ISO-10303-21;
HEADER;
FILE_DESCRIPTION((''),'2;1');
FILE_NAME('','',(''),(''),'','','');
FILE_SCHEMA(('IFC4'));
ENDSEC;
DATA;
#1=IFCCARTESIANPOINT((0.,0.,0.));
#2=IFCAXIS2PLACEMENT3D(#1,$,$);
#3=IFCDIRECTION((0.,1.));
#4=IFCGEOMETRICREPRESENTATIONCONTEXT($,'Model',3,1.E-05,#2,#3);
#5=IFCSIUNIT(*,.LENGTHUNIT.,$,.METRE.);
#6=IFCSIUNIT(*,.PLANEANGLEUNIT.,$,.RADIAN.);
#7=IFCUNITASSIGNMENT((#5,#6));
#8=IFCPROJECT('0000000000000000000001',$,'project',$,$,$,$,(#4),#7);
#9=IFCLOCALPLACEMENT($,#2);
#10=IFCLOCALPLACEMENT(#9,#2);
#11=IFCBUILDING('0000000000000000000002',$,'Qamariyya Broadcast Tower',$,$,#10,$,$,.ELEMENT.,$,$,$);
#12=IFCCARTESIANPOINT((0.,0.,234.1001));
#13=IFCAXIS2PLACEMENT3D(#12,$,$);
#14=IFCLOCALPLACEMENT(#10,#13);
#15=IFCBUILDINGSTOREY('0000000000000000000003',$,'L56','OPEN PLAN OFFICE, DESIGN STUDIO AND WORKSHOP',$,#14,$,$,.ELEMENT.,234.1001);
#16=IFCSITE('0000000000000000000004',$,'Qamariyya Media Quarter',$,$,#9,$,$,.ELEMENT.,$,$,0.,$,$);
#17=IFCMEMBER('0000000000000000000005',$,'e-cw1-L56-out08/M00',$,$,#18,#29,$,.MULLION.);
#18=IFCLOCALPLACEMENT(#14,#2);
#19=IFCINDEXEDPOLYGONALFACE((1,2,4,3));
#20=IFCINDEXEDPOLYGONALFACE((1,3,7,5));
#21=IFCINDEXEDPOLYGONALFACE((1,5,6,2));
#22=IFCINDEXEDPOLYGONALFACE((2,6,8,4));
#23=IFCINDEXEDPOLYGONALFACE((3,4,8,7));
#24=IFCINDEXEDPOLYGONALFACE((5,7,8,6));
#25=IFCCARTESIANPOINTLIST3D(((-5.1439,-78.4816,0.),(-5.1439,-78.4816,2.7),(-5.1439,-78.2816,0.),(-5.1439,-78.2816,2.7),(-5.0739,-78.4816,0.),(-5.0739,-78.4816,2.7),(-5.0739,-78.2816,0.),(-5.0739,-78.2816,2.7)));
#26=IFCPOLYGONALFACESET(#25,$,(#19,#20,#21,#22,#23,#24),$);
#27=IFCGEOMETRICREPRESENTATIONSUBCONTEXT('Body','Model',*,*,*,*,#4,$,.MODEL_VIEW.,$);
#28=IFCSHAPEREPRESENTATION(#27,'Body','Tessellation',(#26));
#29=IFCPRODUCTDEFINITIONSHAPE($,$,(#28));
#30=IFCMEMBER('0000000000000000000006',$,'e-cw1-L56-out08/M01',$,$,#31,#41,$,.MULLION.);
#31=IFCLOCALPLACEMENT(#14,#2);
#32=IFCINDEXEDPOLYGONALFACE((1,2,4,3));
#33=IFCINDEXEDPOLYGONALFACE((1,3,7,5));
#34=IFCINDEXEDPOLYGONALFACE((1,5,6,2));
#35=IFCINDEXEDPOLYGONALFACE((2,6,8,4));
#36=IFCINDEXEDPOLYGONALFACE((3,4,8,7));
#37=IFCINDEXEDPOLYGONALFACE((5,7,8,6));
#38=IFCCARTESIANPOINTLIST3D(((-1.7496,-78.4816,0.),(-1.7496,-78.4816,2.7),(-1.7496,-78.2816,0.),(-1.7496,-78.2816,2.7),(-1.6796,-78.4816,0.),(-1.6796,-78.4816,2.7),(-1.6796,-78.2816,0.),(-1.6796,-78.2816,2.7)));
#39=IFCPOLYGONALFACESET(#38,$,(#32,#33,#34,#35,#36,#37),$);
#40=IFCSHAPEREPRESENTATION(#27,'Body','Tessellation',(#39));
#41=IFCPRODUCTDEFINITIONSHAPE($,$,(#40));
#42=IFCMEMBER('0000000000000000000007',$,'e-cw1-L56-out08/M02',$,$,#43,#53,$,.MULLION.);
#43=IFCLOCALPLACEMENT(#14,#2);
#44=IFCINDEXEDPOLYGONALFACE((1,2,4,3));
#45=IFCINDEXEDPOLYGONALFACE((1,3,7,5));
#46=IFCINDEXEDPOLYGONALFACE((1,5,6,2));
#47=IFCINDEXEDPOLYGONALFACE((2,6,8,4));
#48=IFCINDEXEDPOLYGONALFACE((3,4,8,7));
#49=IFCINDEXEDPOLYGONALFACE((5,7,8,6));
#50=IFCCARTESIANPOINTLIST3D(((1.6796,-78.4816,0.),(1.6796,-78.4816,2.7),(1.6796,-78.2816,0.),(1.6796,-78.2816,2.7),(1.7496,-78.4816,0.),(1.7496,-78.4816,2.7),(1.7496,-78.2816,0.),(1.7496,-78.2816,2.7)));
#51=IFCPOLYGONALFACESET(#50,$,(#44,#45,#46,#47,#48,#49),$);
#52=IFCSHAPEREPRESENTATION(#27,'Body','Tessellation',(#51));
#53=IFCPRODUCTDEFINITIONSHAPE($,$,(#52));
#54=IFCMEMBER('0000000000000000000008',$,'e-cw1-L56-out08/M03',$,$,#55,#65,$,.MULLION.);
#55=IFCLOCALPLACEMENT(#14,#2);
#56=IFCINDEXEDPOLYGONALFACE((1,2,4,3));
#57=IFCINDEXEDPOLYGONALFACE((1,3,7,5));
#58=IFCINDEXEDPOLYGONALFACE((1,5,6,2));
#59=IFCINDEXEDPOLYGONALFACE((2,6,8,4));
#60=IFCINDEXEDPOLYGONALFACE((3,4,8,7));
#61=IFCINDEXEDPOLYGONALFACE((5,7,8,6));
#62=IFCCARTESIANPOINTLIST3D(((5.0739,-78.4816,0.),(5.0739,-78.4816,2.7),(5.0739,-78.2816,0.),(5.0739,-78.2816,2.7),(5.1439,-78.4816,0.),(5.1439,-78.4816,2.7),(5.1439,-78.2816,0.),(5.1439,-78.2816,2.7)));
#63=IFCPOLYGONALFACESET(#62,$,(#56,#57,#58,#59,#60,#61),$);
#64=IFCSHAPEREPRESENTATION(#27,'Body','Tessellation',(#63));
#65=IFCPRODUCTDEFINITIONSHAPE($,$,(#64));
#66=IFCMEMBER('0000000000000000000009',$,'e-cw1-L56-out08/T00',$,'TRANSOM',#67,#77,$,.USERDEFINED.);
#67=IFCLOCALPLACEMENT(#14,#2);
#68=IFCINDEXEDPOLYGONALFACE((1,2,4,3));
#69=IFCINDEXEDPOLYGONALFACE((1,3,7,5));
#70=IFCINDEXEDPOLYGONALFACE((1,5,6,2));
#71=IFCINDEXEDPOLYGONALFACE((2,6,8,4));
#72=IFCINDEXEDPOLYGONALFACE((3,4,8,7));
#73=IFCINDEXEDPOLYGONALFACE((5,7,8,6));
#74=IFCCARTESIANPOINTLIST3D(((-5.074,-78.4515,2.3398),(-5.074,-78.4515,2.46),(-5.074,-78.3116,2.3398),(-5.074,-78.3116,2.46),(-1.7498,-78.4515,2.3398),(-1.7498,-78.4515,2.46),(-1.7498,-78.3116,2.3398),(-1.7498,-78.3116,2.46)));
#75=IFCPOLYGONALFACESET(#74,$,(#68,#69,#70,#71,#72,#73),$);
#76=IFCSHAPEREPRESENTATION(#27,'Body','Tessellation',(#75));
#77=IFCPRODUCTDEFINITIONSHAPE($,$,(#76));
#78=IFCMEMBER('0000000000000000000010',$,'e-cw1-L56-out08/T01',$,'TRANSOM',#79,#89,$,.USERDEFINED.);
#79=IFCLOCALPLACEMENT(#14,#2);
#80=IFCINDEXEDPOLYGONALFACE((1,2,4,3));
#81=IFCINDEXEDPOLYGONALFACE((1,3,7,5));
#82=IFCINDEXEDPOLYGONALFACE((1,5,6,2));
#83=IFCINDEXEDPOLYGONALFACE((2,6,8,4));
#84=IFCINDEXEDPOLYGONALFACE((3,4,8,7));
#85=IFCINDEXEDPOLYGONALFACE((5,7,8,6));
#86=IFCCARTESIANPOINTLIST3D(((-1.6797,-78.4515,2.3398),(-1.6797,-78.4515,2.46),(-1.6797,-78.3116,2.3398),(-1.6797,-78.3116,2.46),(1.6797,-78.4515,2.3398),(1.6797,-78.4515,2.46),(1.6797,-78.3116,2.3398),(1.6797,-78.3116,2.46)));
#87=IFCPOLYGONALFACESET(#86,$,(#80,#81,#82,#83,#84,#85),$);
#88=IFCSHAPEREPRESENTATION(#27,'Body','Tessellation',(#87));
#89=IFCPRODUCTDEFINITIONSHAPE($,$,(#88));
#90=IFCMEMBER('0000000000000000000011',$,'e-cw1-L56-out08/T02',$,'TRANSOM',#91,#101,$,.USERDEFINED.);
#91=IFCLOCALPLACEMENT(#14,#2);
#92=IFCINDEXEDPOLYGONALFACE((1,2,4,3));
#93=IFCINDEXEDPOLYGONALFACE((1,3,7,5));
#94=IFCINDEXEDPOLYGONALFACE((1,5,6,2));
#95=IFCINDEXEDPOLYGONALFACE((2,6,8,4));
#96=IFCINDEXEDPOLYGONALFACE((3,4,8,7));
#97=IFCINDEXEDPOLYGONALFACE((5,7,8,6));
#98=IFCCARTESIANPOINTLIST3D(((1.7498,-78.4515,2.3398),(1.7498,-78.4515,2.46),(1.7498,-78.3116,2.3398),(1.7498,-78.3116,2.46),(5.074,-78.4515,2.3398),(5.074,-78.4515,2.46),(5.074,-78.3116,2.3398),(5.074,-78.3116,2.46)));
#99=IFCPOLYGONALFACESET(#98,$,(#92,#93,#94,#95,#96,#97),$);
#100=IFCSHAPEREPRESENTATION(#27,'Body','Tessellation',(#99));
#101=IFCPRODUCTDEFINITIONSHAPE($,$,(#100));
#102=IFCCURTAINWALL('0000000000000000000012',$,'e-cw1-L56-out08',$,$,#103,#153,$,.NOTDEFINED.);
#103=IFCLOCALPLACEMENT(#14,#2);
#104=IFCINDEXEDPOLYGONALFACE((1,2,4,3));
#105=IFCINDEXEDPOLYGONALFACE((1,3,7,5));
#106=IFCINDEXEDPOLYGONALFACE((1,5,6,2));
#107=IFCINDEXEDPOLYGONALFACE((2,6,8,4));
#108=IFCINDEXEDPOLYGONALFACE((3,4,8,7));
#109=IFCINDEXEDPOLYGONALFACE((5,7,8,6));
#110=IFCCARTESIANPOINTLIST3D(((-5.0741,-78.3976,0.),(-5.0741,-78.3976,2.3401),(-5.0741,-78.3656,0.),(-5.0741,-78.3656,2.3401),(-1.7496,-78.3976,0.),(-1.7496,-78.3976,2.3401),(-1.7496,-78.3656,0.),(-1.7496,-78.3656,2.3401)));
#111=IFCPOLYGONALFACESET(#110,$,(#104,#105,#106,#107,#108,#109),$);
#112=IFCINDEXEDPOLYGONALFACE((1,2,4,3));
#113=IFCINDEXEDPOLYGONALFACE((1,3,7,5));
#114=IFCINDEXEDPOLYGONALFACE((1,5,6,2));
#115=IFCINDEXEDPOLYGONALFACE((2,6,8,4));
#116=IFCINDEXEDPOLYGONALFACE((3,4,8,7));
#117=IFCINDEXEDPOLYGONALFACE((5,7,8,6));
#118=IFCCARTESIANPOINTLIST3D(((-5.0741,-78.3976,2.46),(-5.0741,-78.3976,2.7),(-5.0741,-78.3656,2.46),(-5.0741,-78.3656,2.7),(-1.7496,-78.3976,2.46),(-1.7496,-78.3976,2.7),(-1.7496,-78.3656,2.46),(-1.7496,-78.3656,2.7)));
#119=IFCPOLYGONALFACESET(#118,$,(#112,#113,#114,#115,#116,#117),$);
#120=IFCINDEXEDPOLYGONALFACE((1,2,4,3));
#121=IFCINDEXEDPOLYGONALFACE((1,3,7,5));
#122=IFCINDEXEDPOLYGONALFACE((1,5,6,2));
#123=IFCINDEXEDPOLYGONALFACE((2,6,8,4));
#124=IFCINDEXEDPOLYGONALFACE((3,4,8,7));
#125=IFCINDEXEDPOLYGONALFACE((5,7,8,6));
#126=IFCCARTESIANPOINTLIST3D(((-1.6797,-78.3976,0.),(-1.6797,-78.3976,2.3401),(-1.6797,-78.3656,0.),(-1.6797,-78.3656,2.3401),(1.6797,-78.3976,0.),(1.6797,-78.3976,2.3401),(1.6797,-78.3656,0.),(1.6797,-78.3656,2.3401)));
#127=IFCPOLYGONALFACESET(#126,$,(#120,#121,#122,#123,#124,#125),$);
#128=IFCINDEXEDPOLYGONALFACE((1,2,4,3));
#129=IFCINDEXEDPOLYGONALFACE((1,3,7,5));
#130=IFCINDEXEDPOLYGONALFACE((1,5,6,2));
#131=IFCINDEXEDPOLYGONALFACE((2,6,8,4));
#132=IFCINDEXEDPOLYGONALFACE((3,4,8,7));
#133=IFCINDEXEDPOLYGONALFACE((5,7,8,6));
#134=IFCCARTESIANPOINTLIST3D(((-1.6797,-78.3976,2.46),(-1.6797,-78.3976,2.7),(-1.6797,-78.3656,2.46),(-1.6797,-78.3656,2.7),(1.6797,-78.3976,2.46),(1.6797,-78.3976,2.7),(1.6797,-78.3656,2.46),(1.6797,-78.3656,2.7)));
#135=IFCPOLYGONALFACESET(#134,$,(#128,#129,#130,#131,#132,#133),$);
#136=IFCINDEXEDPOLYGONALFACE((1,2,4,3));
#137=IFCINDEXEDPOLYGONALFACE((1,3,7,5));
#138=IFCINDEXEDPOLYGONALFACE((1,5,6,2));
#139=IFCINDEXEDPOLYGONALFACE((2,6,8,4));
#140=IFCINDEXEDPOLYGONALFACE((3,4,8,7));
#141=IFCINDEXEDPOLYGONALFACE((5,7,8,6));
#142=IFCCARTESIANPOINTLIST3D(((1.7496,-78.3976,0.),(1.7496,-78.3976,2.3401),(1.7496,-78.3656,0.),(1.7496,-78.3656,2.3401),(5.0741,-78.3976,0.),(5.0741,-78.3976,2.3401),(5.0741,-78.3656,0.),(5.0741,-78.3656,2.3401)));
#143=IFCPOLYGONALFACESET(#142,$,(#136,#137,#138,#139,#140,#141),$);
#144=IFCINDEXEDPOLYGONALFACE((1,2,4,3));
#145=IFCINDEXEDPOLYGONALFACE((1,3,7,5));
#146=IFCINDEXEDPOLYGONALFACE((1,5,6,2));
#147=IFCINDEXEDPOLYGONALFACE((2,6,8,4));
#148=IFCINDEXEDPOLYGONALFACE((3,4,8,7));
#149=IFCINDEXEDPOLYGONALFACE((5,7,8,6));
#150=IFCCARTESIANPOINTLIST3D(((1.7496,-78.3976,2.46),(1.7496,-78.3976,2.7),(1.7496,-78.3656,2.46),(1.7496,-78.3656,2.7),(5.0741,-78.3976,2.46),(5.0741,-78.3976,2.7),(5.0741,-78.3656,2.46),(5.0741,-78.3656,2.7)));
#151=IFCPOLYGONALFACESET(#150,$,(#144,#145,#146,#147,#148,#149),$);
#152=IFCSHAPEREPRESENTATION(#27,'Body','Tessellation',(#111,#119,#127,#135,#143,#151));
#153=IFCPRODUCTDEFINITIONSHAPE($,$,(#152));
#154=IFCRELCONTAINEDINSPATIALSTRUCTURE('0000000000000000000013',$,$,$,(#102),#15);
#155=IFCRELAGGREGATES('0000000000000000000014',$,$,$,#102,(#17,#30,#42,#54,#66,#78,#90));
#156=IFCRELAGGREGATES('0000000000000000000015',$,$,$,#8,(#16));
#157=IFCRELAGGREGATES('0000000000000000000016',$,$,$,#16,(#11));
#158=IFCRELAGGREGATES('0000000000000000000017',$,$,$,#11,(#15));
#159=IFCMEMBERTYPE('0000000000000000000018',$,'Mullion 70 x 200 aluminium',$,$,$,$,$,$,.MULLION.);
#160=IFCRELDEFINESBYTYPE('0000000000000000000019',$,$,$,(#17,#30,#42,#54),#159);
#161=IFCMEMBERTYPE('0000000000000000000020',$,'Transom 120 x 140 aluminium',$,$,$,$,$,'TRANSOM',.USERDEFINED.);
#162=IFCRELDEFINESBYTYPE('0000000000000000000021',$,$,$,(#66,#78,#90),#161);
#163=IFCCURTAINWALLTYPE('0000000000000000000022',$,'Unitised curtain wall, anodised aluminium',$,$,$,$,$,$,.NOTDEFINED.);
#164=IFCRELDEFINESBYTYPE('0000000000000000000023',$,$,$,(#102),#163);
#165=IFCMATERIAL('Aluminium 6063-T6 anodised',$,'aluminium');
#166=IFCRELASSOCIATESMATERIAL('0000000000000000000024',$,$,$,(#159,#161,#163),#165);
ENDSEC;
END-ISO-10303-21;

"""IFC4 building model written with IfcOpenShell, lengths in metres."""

from ifc_helpers import new_model, si_unit, direction, frame, origin, origin_2d, place, context, subcontext, project, spatial, rectangle, extrude, material, material_profile, profile_set, type_object, element, aggregate, save


model = new_model("IFC4")

# Units and contexts
model_context = context("Model", 3, precision=1e-05, world=origin(), true_north=direction((0.0, 1.0)))
body_context = subcontext(model_context, "Body", "Model", "MODEL_VIEW")
ifc_project = project(units=[si_unit("LENGTHUNIT", "METRE"), si_unit("PLANEANGLEUNIT", "RADIAN")], contexts=[model_context])

# Members
ifc_material = material(Name="Aluminium 6063-T6 anodised", Category="aluminium")
ifc_material_profile_1 = material_profile(ifc_material, rectangle(XDim=0.2, YDim=0.0701, at=origin_2d()))
ifc_profile_set_1 = profile_set([ifc_material_profile_1], Name="Aluminium 6063-T6 anodised")
member_type_1 = type_object("IfcMemberType", Name="Mullion 70 x 200 aluminium", PredefinedType="MULLION", material=ifc_profile_set_1)
site_placement = place(None, origin())
building_placement = place(site_placement, origin())
storey_placement = place(building_placement, frame((0.0, 0.0, 234.1001)))
member_1_placement = place(storey_placement, frame((-5.1089, -78.3816, 0.0), z_axis=(0.0, 0.0, 1.0), x_axis=(0.0, 1.0, 0.0)))
member_1 = element("IfcMember", 1, at=member_1_placement, type_object=member_type_1, Name="e-cw1-L56-out08/M00", PredefinedType="MULLION", context=body_context, shape_type="SweptSolid", body=[
    extrude(rectangle(XDim=0.2, YDim=0.0701, at=origin_2d()), origin(), (0.0, 0.0, 1.0), 2.7),
])
member_2_placement = place(storey_placement, frame((-1.7146, -78.3816, 0.0), z_axis=(0.0, 0.0, 1.0), x_axis=(0.0, 1.0, 0.0)))
member_2 = element("IfcMember", 2, at=member_2_placement, type_object=member_type_1, Name="e-cw1-L56-out08/M01", PredefinedType="MULLION", context=body_context, shape_type="SweptSolid", body=[
    extrude(rectangle(XDim=0.2, YDim=0.0701, at=origin_2d()), origin(), (0.0, 0.0, 1.0), 2.7),
])
member_3_placement = place(storey_placement, frame((1.7146, -78.3816, 0.0), z_axis=(0.0, 0.0, 1.0), x_axis=(0.0, 1.0, 0.0)))
member_3 = element("IfcMember", 3, at=member_3_placement, type_object=member_type_1, Name="e-cw1-L56-out08/M02", PredefinedType="MULLION", context=body_context, shape_type="SweptSolid", body=[
    extrude(rectangle(XDim=0.2, YDim=0.0701, at=origin_2d()), origin(), (0.0, 0.0, 1.0), 2.7),
])
member_4_placement = place(storey_placement, frame((5.1089, -78.3816, 0.0), z_axis=(0.0, 0.0, 1.0), x_axis=(0.0, 1.0, 0.0)))
member_4 = element("IfcMember", 4, at=member_4_placement, type_object=member_type_1, Name="e-cw1-L56-out08/M03", PredefinedType="MULLION", context=body_context, shape_type="SweptSolid", body=[
    extrude(rectangle(XDim=0.2, YDim=0.0701, at=origin_2d()), origin(), (0.0, 0.0, 1.0), 2.7),
])
ifc_material_profile_2 = material_profile(ifc_material, rectangle(XDim=0.1399, YDim=0.1201, at=origin_2d()))
ifc_profile_set_2 = profile_set([ifc_material_profile_2], Name="Aluminium 6063-T6 anodised")
member_type_2 = type_object("IfcMemberType", Name="Transom 120 x 140 aluminium", ElementType="TRANSOM", PredefinedType="USERDEFINED", material=ifc_profile_set_2)
member_5_placement = place(storey_placement, frame((-5.074, -78.3816, 2.3999), z_axis=(1.0, 0.0, 0.0), x_axis=(0.0, 1.0, 0.0)))
member_5 = element("IfcMember", 5, at=member_5_placement, type_object=member_type_2, Name="e-cw1-L56-out08/T00", ObjectType="TRANSOM", PredefinedType="USERDEFINED", context=body_context, shape_type="SweptSolid", body=[
    extrude(rectangle(XDim=0.1399, YDim=0.1201, at=origin_2d()), origin(), (0.0, 0.0, 1.0), 3.3242),
])
member_6_placement = place(storey_placement, frame((-1.6797, -78.3816, 2.3999), z_axis=(1.0, 0.0, 0.0), x_axis=(0.0, 1.0, 0.0)))
member_6 = element("IfcMember", 6, at=member_6_placement, type_object=member_type_2, Name="e-cw1-L56-out08/T01", ObjectType="TRANSOM", PredefinedType="USERDEFINED", context=body_context, shape_type="SweptSolid", body=[
    extrude(rectangle(XDim=0.1399, YDim=0.1201, at=origin_2d()), origin(), (0.0, 0.0, 1.0), 3.3594),
])
member_7_placement = place(storey_placement, frame((1.7498, -78.3816, 2.3999), z_axis=(1.0, 0.0, 0.0), x_axis=(0.0, 1.0, 0.0)))
member_7 = element("IfcMember", 7, at=member_7_placement, type_object=member_type_2, Name="e-cw1-L56-out08/T02", ObjectType="TRANSOM", PredefinedType="USERDEFINED", context=body_context, shape_type="SweptSolid", body=[
    extrude(rectangle(XDim=0.1399, YDim=0.1201, at=origin_2d()), origin(), (0.0, 0.0, 1.0), 3.3242),
])

# Site, building, storey
site = spatial("IfcSite", under=ifc_project, at=site_placement, Name="Qamariyya Media Quarter", CompositionType="ELEMENT", RefElevation=0.0)
building = spatial("IfcBuilding", under=site, at=building_placement, Name="Qamariyya Broadcast Tower", CompositionType="ELEMENT")
storey = spatial("IfcBuildingStorey", under=building, at=storey_placement, Name="L56", Description="OPEN PLAN OFFICE, DESIGN STUDIO AND WORKSHOP", CompositionType="ELEMENT", Elevation=234.1001)

# Curtain wall
curtain_wall_type = type_object("IfcCurtainWallType", Name="Unitised curtain wall, anodised aluminium", PredefinedType="NOTDEFINED", material=ifc_material)
curtain_wall_1_placement = place(storey_placement, origin())
curtain_wall_1 = element("IfcCurtainWall", 8, at=curtain_wall_1_placement, inside=storey, type_object=curtain_wall_type, Name="e-cw1-L56-out08", PredefinedType="NOTDEFINED", context=body_context, shape_type="SweptSolid", body=[
    extrude(rectangle(XDim=3.3245, YDim=0.032, at=origin_2d()), frame((-3.4119, -78.3816, 0.0), x_axis=(1.0, 0.0, 0.0)), (0.0, 0.0, 1.0), 2.3401),
    extrude(rectangle(XDim=3.3245, YDim=0.032, at=origin_2d()), frame((-3.4119, -78.3816, 2.46), x_axis=(1.0, 0.0, 0.0)), (0.0, 0.0, 1.0), 0.24),
    extrude(rectangle(XDim=3.3594, YDim=0.032, at=origin_2d()), frame((0.0, -78.3816, 0.0), x_axis=(1.0, 0.0, 0.0)), (0.0, 0.0, 1.0), 2.3401),
    extrude(rectangle(XDim=3.3594, YDim=0.032, at=origin_2d()), frame((0.0, -78.3816, 2.46), x_axis=(1.0, 0.0, 0.0)), (0.0, 0.0, 1.0), 0.24),
    extrude(rectangle(XDim=3.3245, YDim=0.032, at=origin_2d()), frame((3.4119, -78.3816, 0.0), x_axis=(1.0, 0.0, 0.0)), (0.0, 0.0, 1.0), 2.3401),
    extrude(rectangle(XDim=3.3245, YDim=0.032, at=origin_2d()), frame((3.4119, -78.3816, 2.46), x_axis=(1.0, 0.0, 0.0)), (0.0, 0.0, 1.0), 0.24),
])
aggregate(curtain_wall_1, [member_1, member_2, member_3, member_4, member_5, member_6, member_7])

save(model, "model.ifc")
